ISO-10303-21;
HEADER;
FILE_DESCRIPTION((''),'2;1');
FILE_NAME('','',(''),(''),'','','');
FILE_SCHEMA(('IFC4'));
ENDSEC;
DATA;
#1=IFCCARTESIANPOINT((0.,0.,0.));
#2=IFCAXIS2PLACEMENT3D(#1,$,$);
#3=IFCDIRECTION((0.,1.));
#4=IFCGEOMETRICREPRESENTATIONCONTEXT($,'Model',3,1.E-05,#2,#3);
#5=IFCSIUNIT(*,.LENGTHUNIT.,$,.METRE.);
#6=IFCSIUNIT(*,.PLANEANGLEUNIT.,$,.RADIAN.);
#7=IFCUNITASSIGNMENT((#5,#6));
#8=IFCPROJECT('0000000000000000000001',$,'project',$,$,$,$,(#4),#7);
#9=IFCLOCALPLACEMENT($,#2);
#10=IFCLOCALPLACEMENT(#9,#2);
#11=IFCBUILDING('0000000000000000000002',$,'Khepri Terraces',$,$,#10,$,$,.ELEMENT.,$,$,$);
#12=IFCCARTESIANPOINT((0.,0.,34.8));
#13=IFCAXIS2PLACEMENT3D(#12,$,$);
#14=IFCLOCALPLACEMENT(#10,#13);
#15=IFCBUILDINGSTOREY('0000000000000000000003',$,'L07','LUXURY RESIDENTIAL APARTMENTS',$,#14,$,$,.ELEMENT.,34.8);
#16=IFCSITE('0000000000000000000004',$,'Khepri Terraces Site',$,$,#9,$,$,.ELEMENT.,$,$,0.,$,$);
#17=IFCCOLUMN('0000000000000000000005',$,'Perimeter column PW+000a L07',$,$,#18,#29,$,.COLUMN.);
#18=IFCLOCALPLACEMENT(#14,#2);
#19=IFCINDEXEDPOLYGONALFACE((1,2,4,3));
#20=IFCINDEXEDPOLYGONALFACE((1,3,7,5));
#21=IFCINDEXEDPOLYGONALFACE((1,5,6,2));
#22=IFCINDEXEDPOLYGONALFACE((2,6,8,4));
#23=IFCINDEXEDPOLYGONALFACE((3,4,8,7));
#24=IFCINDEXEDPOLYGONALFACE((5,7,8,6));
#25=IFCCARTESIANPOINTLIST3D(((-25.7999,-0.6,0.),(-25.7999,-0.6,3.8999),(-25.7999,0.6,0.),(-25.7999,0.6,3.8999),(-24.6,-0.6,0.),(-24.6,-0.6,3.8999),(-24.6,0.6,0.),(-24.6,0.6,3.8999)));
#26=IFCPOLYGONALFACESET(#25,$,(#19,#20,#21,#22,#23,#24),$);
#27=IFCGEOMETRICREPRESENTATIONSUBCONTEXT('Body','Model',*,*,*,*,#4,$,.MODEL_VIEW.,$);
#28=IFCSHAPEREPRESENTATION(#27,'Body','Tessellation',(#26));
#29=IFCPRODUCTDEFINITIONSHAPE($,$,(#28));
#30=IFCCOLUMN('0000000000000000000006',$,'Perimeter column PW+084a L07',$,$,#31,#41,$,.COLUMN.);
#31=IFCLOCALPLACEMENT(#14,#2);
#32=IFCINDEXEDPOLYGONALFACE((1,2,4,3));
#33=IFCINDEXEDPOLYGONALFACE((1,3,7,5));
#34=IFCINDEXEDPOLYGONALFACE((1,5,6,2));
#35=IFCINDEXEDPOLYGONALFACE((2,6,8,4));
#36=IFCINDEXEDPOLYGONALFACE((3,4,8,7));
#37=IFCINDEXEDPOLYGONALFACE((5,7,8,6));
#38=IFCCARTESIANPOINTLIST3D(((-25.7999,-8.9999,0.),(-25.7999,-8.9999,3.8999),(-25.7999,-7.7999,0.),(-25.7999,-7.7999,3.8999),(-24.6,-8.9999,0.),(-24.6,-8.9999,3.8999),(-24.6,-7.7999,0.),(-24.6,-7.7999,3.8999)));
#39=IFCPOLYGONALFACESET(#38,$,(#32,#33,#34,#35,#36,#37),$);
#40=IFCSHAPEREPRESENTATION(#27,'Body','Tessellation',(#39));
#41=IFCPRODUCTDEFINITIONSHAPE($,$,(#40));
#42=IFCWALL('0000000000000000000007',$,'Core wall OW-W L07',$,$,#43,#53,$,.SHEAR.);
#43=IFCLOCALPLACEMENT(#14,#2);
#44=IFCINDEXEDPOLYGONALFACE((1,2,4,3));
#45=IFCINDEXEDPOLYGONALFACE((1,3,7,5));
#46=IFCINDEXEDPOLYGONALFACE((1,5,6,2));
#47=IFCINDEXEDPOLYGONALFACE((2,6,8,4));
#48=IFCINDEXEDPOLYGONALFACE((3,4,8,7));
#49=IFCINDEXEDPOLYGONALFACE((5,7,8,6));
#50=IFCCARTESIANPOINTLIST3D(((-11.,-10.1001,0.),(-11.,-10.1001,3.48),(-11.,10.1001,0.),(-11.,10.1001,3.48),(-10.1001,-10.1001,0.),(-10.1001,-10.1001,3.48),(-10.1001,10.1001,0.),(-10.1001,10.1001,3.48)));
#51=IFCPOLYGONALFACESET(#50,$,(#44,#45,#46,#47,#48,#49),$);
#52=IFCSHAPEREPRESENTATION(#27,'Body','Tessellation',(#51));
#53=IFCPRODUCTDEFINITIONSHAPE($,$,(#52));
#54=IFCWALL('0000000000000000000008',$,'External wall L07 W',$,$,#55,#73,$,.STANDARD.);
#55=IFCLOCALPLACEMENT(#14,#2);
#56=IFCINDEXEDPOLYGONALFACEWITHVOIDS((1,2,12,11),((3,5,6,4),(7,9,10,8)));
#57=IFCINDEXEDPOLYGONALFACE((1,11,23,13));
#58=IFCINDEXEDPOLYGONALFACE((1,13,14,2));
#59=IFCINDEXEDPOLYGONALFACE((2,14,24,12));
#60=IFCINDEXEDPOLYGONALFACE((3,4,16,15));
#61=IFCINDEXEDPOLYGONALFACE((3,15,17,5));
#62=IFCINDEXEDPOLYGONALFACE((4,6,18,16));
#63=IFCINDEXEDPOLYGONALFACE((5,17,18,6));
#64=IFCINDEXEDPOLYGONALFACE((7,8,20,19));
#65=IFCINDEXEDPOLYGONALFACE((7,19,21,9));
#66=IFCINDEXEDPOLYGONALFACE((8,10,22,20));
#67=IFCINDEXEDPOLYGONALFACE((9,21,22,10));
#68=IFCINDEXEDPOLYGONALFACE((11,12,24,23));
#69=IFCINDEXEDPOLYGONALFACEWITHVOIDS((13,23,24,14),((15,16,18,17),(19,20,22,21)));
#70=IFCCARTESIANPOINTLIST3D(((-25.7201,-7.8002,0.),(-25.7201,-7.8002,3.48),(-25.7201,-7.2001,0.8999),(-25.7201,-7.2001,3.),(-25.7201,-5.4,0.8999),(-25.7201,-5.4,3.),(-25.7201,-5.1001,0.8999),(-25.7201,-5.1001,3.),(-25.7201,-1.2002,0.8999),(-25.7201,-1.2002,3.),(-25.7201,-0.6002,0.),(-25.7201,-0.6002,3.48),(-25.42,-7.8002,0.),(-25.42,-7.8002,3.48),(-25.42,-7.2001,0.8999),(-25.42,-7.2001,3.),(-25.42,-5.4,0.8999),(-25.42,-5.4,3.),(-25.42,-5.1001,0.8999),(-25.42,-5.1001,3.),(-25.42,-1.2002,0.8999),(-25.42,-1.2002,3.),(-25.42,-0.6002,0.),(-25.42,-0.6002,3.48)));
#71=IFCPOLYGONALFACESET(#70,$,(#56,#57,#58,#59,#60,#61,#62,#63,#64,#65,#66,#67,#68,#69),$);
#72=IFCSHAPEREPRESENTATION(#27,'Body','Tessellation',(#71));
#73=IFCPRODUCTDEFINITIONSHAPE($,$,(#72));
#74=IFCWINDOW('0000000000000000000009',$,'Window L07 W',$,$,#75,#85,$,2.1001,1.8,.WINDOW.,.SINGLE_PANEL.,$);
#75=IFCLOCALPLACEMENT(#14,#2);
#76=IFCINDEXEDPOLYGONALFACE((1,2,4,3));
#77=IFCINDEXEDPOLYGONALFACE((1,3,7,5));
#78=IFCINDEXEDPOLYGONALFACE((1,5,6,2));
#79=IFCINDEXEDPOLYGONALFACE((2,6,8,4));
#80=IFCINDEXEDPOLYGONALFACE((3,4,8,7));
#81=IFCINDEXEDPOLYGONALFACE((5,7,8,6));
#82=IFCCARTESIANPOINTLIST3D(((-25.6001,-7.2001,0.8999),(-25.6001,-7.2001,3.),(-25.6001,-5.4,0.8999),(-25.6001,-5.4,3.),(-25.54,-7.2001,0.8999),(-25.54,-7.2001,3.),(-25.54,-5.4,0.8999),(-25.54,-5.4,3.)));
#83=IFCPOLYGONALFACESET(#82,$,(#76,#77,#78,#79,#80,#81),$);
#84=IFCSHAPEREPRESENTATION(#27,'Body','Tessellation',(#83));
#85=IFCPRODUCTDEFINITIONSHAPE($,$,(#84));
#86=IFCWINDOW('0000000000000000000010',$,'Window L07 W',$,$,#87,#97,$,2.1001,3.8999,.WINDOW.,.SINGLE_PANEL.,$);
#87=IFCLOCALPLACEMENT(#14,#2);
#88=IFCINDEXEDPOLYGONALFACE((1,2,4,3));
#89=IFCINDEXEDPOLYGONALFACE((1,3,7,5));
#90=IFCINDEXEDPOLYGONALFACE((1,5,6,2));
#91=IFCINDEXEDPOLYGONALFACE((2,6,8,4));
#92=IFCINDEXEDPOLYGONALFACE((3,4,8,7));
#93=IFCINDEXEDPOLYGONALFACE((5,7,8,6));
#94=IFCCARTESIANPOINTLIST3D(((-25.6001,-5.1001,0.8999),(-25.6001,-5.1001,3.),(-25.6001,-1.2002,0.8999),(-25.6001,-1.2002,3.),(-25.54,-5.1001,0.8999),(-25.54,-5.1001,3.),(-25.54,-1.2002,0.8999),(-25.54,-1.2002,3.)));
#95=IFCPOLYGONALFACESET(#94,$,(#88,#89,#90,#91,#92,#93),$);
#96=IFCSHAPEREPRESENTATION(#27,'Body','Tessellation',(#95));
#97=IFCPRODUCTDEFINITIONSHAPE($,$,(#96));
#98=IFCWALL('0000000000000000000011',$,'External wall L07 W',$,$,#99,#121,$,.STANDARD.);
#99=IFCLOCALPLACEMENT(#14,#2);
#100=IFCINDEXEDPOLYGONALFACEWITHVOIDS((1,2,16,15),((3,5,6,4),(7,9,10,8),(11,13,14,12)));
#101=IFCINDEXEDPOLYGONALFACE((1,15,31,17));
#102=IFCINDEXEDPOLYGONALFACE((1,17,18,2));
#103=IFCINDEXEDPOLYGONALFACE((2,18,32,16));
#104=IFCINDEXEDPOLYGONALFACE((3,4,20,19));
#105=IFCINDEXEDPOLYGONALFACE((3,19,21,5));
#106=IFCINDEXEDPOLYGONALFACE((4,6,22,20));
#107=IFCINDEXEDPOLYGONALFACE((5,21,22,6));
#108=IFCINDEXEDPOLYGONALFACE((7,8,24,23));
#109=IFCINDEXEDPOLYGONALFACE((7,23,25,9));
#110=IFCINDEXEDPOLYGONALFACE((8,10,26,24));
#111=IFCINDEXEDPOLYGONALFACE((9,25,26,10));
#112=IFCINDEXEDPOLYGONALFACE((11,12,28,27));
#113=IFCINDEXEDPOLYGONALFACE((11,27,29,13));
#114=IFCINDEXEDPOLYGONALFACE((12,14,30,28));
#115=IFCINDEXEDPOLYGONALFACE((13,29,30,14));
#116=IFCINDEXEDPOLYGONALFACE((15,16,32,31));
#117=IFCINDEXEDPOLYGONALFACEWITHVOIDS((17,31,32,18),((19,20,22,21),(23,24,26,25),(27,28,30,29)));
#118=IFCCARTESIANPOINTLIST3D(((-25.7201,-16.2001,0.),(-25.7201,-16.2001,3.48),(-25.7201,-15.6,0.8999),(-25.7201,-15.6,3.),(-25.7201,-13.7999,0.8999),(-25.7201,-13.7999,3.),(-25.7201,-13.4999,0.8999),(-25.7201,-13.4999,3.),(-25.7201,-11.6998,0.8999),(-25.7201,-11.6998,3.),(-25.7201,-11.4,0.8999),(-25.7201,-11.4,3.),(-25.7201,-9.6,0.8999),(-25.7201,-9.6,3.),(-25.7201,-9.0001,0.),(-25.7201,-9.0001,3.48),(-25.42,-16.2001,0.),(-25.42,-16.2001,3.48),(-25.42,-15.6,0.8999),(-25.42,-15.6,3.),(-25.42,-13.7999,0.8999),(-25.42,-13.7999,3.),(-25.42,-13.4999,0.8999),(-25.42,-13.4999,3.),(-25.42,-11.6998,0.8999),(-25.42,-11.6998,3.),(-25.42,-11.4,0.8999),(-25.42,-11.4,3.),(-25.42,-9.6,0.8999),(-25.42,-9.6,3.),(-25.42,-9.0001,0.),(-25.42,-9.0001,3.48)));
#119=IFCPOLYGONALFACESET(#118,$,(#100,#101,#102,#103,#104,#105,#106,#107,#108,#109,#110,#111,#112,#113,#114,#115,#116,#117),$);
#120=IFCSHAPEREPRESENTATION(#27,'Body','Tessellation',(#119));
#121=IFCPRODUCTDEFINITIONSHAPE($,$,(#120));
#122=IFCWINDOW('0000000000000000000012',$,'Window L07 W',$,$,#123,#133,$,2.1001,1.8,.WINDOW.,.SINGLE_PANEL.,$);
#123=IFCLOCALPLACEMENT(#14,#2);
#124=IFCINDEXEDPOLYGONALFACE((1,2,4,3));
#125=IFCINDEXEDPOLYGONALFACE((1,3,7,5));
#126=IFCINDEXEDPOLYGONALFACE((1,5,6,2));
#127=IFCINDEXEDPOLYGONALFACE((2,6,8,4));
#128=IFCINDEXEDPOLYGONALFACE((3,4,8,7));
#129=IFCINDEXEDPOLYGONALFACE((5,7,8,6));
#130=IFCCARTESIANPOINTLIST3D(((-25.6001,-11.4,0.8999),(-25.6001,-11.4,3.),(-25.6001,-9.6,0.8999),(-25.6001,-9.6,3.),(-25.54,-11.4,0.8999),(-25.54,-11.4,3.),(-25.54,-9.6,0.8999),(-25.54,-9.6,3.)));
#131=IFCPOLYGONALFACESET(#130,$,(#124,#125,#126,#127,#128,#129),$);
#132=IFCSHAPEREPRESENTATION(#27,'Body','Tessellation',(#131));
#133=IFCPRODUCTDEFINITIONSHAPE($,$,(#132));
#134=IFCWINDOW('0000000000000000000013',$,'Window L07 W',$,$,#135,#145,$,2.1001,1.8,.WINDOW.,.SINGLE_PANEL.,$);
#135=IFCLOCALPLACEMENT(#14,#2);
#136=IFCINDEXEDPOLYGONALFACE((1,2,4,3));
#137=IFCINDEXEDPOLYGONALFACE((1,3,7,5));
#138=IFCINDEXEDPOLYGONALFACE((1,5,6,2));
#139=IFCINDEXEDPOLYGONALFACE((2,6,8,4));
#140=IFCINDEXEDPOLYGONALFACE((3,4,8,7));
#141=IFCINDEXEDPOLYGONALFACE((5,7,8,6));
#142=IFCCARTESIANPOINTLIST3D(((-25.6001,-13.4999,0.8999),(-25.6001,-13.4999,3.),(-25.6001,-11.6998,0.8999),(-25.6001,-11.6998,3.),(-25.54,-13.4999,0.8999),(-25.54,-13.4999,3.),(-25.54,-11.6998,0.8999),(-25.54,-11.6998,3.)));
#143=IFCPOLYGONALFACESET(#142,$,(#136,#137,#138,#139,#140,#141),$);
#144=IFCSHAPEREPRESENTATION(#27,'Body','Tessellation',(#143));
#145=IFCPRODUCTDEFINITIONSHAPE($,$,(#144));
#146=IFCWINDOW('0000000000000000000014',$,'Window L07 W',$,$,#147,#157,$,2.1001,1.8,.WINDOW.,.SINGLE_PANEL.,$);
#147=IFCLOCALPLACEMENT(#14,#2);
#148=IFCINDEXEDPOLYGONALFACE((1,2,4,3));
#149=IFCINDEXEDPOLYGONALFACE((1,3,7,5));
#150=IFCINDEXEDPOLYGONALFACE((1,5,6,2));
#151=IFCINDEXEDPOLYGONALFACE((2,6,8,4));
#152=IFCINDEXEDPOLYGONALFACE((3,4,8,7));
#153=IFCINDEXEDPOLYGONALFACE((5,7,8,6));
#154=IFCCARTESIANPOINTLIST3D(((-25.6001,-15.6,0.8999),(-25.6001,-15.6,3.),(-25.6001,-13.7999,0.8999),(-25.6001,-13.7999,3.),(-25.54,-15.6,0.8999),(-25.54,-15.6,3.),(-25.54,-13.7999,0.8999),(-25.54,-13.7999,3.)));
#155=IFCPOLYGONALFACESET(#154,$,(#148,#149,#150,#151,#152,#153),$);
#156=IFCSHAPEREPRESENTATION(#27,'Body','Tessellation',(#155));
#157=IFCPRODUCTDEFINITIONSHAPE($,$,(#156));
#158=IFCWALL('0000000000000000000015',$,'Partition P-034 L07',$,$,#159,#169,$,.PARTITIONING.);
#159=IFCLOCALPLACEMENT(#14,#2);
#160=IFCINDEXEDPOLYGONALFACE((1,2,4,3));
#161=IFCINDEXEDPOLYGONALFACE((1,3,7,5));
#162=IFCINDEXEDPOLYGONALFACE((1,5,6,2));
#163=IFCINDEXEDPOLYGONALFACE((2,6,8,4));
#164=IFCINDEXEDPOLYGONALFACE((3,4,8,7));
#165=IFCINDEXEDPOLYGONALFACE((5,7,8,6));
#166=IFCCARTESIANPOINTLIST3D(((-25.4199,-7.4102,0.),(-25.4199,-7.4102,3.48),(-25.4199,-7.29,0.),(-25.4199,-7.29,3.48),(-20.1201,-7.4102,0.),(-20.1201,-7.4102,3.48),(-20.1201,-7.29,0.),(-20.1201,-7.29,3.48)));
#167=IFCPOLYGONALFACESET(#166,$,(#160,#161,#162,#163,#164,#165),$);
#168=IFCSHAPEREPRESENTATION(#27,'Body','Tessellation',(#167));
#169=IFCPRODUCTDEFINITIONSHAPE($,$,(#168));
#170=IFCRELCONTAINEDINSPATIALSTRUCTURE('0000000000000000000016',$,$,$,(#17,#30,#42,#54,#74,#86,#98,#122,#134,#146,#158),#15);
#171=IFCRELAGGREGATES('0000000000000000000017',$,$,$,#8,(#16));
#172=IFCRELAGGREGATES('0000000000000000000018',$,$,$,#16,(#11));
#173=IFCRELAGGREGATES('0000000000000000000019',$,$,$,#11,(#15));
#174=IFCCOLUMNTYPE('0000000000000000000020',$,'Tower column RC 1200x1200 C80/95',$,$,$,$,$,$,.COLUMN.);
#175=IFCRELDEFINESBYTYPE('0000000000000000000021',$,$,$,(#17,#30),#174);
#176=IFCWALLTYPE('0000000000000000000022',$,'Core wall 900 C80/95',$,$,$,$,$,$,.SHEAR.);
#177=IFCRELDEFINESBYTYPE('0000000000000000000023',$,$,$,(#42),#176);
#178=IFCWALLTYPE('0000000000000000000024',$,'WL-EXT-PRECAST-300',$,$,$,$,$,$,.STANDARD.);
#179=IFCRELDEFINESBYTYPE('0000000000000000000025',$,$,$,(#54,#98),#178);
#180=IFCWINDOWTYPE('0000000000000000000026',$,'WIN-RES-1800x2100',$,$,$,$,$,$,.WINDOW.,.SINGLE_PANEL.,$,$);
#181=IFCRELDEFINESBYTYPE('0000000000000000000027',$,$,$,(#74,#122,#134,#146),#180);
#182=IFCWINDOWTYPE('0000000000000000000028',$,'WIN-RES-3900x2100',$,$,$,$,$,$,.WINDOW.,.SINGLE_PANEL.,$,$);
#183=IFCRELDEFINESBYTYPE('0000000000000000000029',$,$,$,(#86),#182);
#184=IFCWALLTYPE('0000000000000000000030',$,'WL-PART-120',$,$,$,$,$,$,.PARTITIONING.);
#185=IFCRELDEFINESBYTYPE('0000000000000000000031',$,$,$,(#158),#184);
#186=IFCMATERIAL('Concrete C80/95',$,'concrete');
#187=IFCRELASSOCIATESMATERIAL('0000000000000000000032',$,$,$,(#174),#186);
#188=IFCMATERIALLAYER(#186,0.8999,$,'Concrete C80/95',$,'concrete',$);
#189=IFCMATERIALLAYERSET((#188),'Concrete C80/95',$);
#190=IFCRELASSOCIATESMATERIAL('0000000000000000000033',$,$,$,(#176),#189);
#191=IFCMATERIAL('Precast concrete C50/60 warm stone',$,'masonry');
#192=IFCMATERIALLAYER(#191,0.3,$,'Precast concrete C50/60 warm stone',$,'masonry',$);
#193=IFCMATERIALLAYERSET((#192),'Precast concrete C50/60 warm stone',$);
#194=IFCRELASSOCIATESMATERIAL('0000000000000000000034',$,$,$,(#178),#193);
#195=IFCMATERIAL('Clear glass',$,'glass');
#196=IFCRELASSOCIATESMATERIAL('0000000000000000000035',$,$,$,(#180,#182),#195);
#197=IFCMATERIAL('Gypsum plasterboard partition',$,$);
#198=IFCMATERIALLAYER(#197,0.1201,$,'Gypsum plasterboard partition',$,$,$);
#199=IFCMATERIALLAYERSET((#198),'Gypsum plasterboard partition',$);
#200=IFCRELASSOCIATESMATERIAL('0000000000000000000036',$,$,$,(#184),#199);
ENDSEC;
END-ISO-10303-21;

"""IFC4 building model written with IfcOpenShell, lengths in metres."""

from ifc_helpers import new_model, si_unit, direction, frame, frame_2d, origin, origin_2d, place, context, subcontext, project, spatial, rectangle, extrude, material, layer, layer_set, material_profile, profile_set, type_object, element, fill, save


model = new_model("IFC4")

# Units and contexts
model_context = context("Model", 3, precision=1e-05, world=origin(), true_north=direction((0.0, 1.0)))
body_context = subcontext(model_context, "Body", "Model", "MODEL_VIEW")
ifc_project = project(units=[si_unit("LENGTHUNIT", "METRE"), si_unit("PLANEANGLEUNIT", "RADIAN")], contexts=[model_context])

# Site, building, storey
site_placement = place(None, origin())
site = spatial("IfcSite", under=ifc_project, at=site_placement, Name="Khepri Terraces Site", CompositionType="ELEMENT", RefElevation=0.0)
building_placement = place(site_placement, origin())
building = spatial("IfcBuilding", under=site, at=building_placement, Name="Khepri Terraces", CompositionType="ELEMENT")
storey_placement = place(building_placement, frame((0.0, 0.0, 34.8)))
storey = spatial("IfcBuildingStorey", under=building, at=storey_placement, Name="L07", Description="LUXURY RESIDENTIAL APARTMENTS", CompositionType="ELEMENT", Elevation=34.8)

# Columns
ifc_material_1 = material(Name="Concrete C80/95", Category="concrete")
ifc_material_profile = material_profile(ifc_material_1, rectangle(XDim=1.2, YDim=1.2, at=origin_2d()), Name="Concrete C80/95", Category="concrete")
ifc_profile_set = profile_set([ifc_material_profile], Name="Concrete C80/95")
column_type = type_object("IfcColumnType", Name="Tower column RC 1200x1200 C80/95", PredefinedType="COLUMN", material=ifc_profile_set)
for number, where, z_axis, x_axis, name in (
    (1, (-25.2, 0.0, 0.0), (0.0, 0.0, 1.0), (1.0, 0.0, 0.0), "Perimeter column PW+000a L07"),
    (2, (-25.2, -8.3999, 0.0), (0.0, 0.0, 1.0), (1.0, 0.0, 0.0), "Perimeter column PW+084a L07"),
):
    element("IfcColumn", number, at=place(storey_placement, frame(where, z_axis=z_axis, x_axis=x_axis)), inside=storey, type_object=column_type, Name=name, PredefinedType="COLUMN", context=body_context, shape_type="SweptSolid", body=[
        extrude(rectangle(XDim=1.2, YDim=1.2, at=origin_2d()), origin(), (0.0, 0.0, 1.0), 3.8999),
    ])

# Wall
ifc_layer_1 = layer(ifc_material_1, 0.8999, Name="Concrete C80/95", Category="concrete")
ifc_layer_set_1 = layer_set([ifc_layer_1], Name="Concrete C80/95")
wall_type_1 = type_object("IfcWallType", Name="Core wall 900 C80/95", PredefinedType="SHEAR", material=ifc_layer_set_1)
wall_1_placement = place(storey_placement, frame((-10.55, -10.1001, 0.0), z_axis=(0.0, 0.0, 1.0), x_axis=(0.0, 1.0, 0.0)))
element("IfcWall", 3, at=wall_1_placement, inside=storey, type_object=wall_type_1, Name="Core wall OW-W L07", PredefinedType="SHEAR", context=body_context, shape_type="SweptSolid", body=[
    extrude(rectangle(XDim=20.2002, YDim=0.8999, at=frame_2d((10.1001, 0.0))), origin(), (0.0, 0.0, 1.0), 3.48),
])

# Walls, openings, windows
ifc_material_2 = material(Name="Precast concrete C50/60 warm stone", Category="masonry")
ifc_layer_2 = layer(ifc_material_2, 0.3, Name="Precast concrete C50/60 warm stone", Category="masonry")
ifc_layer_set_2 = layer_set([ifc_layer_2], Name="Precast concrete C50/60 warm stone")
wall_type_2 = type_object("IfcWallType", Name="WL-EXT-PRECAST-300", PredefinedType="STANDARD", material=ifc_layer_set_2)
wall_2_placement = place(storey_placement, frame((-25.5701, -0.6001, 0.0), z_axis=(0.0, 0.0, 1.0), x_axis=(0.0, -1.0, 0.0)))
wall_2 = element("IfcWall", 4, at=wall_2_placement, inside=storey, type_object=wall_type_2, Name="External wall L07 W", PredefinedType="STANDARD", context=body_context, shape_type="SweptSolid", body=[
    extrude(rectangle(XDim=7.2, YDim=0.3, at=frame_2d((3.6001, 0.0))), origin(), (0.0, 0.0, 1.0), 3.48),
])
opening_1_placement = place(wall_2_placement, frame((0.6001, 0.0, 0.8999)))
opening_1 = element("IfcOpeningElement", 5, at=opening_1_placement, cuts=wall_2, PredefinedType="OPENING", context=body_context, shape_type="SweptSolid", body=[
    extrude(rectangle(XDim=3.8999, YDim=2.1001, at=frame_2d((1.95, 1.05))), frame((0.0, 0.1602, 0.0), z_axis=(0.0, -1.0, 0.0), x_axis=(1.0, 0.0, 0.0)), (0.0, 0.0, 1.0), 0.3201),
])
opening_2_placement = place(wall_2_placement, frame((4.8, 0.0, 0.8999)))
opening_2 = element("IfcOpeningElement", 6, at=opening_2_placement, cuts=wall_2, PredefinedType="OPENING", context=body_context, shape_type="SweptSolid", body=[
    extrude(rectangle(XDim=1.8, YDim=2.1001, at=frame_2d((0.8999, 1.05))), frame((0.0, 0.1602, 0.0), z_axis=(0.0, -1.0, 0.0), x_axis=(1.0, 0.0, 0.0)), (0.0, 0.0, 1.0), 0.3201),
])
ifc_material_3 = material(Name="Clear glass", Category="glass")
window_type_1 = type_object("IfcWindowType", Name="WIN-RES-1800x2100", PartitioningType="SINGLE_PANEL", PredefinedType="WINDOW", material=ifc_material_3)
window_1_placement = place(opening_2_placement, origin())
window_1 = element("IfcWindow", 7, at=window_1_placement, inside=storey, type_object=window_type_1, Name="Window L07 W", OverallHeight=2.1001, OverallWidth=1.8, PartitioningType="SINGLE_PANEL", PredefinedType="WINDOW", context=body_context, shape_type="SweptSolid", body=[
    extrude(rectangle(XDim=1.8, YDim=2.1001, at=frame_2d((0.8999, 1.05))), frame((0.0, 0.03, 0.0), z_axis=(0.0, -1.0, 0.0), x_axis=(1.0, 0.0, 0.0)), (0.0, 0.0, 1.0), 0.0601),
])
fill(opening_2, window_1)
window_type_2 = type_object("IfcWindowType", Name="WIN-RES-3900x2100", PartitioningType="SINGLE_PANEL", PredefinedType="WINDOW", material=ifc_material_3)
window_2_placement = place(opening_1_placement, origin())
window_2 = element("IfcWindow", 8, at=window_2_placement, inside=storey, type_object=window_type_2, Name="Window L07 W", OverallHeight=2.1001, OverallWidth=3.8999, PartitioningType="SINGLE_PANEL", PredefinedType="WINDOW", context=body_context, shape_type="SweptSolid", body=[
    extrude(rectangle(XDim=3.8999, YDim=2.1001, at=frame_2d((1.95, 1.05))), frame((0.0, 0.03, 0.0), z_axis=(0.0, -1.0, 0.0), x_axis=(1.0, 0.0, 0.0)), (0.0, 0.0, 1.0), 0.0601),
])
fill(opening_1, window_2)
wall_3_placement = place(storey_placement, frame((-25.5701, -9.0, 0.0), z_axis=(0.0, 0.0, 1.0), x_axis=(0.0, -1.0, 0.0)))
wall_3 = element("IfcWall", 9, at=wall_3_placement, inside=storey, type_object=wall_type_2, Name="External wall L07 W", PredefinedType="STANDARD", context=body_context, shape_type="SweptSolid", body=[
    extrude(rectangle(XDim=7.2, YDim=0.3, at=frame_2d((3.6001, 0.0))), origin(), (0.0, 0.0, 1.0), 3.48),
])
opening_3_placement = place(wall_3_placement, frame((0.6001, 0.0, 0.8999)))
opening_3 = element("IfcOpeningElement", 10, at=opening_3_placement, cuts=wall_3, PredefinedType="OPENING", context=body_context, shape_type="SweptSolid", body=[
    extrude(rectangle(XDim=1.8, YDim=2.1001, at=frame_2d((0.8999, 1.05))), frame((0.0, 0.1602, 0.0), z_axis=(0.0, -1.0, 0.0), x_axis=(1.0, 0.0, 0.0)), (0.0, 0.0, 1.0), 0.3201),
])
opening_4_placement = place(wall_3_placement, frame((2.7, 0.0, 0.8999)))
opening_4 = element("IfcOpeningElement", 11, at=opening_4_placement, cuts=wall_3, PredefinedType="OPENING", context=body_context, shape_type="SweptSolid", body=[
    extrude(rectangle(XDim=1.8, YDim=2.1001, at=frame_2d((0.8999, 1.05))), frame((0.0, 0.1602, 0.0), z_axis=(0.0, -1.0, 0.0), x_axis=(1.0, 0.0, 0.0)), (0.0, 0.0, 1.0), 0.3201),
])
opening_5_placement = place(wall_3_placement, frame((4.8, 0.0, 0.8999)))
opening_5 = element("IfcOpeningElement", 12, at=opening_5_placement, cuts=wall_3, PredefinedType="OPENING", context=body_context, shape_type="SweptSolid", body=[
    extrude(rectangle(XDim=1.8, YDim=2.1001, at=frame_2d((0.8999, 1.05))), frame((0.0, 0.1602, 0.0), z_axis=(0.0, -1.0, 0.0), x_axis=(1.0, 0.0, 0.0)), (0.0, 0.0, 1.0), 0.3201),
])
window_3_placement = place(opening_3_placement, origin())
window_3 = element("IfcWindow", 13, at=window_3_placement, inside=storey, type_object=window_type_1, Name="Window L07 W", OverallHeight=2.1001, OverallWidth=1.8, PartitioningType="SINGLE_PANEL", PredefinedType="WINDOW", context=body_context, shape_type="SweptSolid", body=[
    extrude(rectangle(XDim=1.8, YDim=2.1001, at=frame_2d((0.8999, 1.05))), frame((0.0, 0.03, 0.0), z_axis=(0.0, -1.0, 0.0), x_axis=(1.0, 0.0, 0.0)), (0.0, 0.0, 1.0), 0.0601),
])
fill(opening_3, window_3)
window_4_placement = place(opening_4_placement, origin())
window_4 = element("IfcWindow", 14, at=window_4_placement, inside=storey, type_object=window_type_1, Name="Window L07 W", OverallHeight=2.1001, OverallWidth=1.8, PartitioningType="SINGLE_PANEL", PredefinedType="WINDOW", context=body_context, shape_type="SweptSolid", body=[
    extrude(rectangle(XDim=1.8, YDim=2.1001, at=frame_2d((0.8999, 1.05))), frame((0.0, 0.03, 0.0), z_axis=(0.0, -1.0, 0.0), x_axis=(1.0, 0.0, 0.0)), (0.0, 0.0, 1.0), 0.0601),
])
fill(opening_4, window_4)
window_5_placement = place(opening_5_placement, origin())
window_5 = element("IfcWindow", 15, at=window_5_placement, inside=storey, type_object=window_type_1, Name="Window L07 W", OverallHeight=2.1001, OverallWidth=1.8, PartitioningType="SINGLE_PANEL", PredefinedType="WINDOW", context=body_context, shape_type="SweptSolid", body=[
    extrude(rectangle(XDim=1.8, YDim=2.1001, at=frame_2d((0.8999, 1.05))), frame((0.0, 0.03, 0.0), z_axis=(0.0, -1.0, 0.0), x_axis=(1.0, 0.0, 0.0)), (0.0, 0.0, 1.0), 0.0601),
])
fill(opening_5, window_5)

# Wall
ifc_material_4 = material(Name="Gypsum plasterboard partition")
ifc_layer_3 = layer(ifc_material_4, 0.1201, Name="Gypsum plasterboard partition")
ifc_layer_set_3 = layer_set([ifc_layer_3], Name="Gypsum plasterboard partition")
wall_type_3 = type_object("IfcWallType", Name="WL-PART-120", PredefinedType="PARTITIONING", material=ifc_layer_set_3)
wall_4_placement = place(storey_placement, frame((-25.4199, -7.3501, 0.0), z_axis=(0.0, 0.0, 1.0), x_axis=(1.0, 0.0, 0.0)))
element("IfcWall", 16, at=wall_4_placement, inside=storey, type_object=wall_type_3, Name="Partition P-034 L07", PredefinedType="PARTITIONING", context=body_context, shape_type="SweptSolid", body=[
    extrude(rectangle(XDim=5.2998, YDim=0.1201, at=frame_2d((2.6499, 0.0))), origin(), (0.0, 0.0, 1.0), 3.48),
])

save(model, "model.ifc")
